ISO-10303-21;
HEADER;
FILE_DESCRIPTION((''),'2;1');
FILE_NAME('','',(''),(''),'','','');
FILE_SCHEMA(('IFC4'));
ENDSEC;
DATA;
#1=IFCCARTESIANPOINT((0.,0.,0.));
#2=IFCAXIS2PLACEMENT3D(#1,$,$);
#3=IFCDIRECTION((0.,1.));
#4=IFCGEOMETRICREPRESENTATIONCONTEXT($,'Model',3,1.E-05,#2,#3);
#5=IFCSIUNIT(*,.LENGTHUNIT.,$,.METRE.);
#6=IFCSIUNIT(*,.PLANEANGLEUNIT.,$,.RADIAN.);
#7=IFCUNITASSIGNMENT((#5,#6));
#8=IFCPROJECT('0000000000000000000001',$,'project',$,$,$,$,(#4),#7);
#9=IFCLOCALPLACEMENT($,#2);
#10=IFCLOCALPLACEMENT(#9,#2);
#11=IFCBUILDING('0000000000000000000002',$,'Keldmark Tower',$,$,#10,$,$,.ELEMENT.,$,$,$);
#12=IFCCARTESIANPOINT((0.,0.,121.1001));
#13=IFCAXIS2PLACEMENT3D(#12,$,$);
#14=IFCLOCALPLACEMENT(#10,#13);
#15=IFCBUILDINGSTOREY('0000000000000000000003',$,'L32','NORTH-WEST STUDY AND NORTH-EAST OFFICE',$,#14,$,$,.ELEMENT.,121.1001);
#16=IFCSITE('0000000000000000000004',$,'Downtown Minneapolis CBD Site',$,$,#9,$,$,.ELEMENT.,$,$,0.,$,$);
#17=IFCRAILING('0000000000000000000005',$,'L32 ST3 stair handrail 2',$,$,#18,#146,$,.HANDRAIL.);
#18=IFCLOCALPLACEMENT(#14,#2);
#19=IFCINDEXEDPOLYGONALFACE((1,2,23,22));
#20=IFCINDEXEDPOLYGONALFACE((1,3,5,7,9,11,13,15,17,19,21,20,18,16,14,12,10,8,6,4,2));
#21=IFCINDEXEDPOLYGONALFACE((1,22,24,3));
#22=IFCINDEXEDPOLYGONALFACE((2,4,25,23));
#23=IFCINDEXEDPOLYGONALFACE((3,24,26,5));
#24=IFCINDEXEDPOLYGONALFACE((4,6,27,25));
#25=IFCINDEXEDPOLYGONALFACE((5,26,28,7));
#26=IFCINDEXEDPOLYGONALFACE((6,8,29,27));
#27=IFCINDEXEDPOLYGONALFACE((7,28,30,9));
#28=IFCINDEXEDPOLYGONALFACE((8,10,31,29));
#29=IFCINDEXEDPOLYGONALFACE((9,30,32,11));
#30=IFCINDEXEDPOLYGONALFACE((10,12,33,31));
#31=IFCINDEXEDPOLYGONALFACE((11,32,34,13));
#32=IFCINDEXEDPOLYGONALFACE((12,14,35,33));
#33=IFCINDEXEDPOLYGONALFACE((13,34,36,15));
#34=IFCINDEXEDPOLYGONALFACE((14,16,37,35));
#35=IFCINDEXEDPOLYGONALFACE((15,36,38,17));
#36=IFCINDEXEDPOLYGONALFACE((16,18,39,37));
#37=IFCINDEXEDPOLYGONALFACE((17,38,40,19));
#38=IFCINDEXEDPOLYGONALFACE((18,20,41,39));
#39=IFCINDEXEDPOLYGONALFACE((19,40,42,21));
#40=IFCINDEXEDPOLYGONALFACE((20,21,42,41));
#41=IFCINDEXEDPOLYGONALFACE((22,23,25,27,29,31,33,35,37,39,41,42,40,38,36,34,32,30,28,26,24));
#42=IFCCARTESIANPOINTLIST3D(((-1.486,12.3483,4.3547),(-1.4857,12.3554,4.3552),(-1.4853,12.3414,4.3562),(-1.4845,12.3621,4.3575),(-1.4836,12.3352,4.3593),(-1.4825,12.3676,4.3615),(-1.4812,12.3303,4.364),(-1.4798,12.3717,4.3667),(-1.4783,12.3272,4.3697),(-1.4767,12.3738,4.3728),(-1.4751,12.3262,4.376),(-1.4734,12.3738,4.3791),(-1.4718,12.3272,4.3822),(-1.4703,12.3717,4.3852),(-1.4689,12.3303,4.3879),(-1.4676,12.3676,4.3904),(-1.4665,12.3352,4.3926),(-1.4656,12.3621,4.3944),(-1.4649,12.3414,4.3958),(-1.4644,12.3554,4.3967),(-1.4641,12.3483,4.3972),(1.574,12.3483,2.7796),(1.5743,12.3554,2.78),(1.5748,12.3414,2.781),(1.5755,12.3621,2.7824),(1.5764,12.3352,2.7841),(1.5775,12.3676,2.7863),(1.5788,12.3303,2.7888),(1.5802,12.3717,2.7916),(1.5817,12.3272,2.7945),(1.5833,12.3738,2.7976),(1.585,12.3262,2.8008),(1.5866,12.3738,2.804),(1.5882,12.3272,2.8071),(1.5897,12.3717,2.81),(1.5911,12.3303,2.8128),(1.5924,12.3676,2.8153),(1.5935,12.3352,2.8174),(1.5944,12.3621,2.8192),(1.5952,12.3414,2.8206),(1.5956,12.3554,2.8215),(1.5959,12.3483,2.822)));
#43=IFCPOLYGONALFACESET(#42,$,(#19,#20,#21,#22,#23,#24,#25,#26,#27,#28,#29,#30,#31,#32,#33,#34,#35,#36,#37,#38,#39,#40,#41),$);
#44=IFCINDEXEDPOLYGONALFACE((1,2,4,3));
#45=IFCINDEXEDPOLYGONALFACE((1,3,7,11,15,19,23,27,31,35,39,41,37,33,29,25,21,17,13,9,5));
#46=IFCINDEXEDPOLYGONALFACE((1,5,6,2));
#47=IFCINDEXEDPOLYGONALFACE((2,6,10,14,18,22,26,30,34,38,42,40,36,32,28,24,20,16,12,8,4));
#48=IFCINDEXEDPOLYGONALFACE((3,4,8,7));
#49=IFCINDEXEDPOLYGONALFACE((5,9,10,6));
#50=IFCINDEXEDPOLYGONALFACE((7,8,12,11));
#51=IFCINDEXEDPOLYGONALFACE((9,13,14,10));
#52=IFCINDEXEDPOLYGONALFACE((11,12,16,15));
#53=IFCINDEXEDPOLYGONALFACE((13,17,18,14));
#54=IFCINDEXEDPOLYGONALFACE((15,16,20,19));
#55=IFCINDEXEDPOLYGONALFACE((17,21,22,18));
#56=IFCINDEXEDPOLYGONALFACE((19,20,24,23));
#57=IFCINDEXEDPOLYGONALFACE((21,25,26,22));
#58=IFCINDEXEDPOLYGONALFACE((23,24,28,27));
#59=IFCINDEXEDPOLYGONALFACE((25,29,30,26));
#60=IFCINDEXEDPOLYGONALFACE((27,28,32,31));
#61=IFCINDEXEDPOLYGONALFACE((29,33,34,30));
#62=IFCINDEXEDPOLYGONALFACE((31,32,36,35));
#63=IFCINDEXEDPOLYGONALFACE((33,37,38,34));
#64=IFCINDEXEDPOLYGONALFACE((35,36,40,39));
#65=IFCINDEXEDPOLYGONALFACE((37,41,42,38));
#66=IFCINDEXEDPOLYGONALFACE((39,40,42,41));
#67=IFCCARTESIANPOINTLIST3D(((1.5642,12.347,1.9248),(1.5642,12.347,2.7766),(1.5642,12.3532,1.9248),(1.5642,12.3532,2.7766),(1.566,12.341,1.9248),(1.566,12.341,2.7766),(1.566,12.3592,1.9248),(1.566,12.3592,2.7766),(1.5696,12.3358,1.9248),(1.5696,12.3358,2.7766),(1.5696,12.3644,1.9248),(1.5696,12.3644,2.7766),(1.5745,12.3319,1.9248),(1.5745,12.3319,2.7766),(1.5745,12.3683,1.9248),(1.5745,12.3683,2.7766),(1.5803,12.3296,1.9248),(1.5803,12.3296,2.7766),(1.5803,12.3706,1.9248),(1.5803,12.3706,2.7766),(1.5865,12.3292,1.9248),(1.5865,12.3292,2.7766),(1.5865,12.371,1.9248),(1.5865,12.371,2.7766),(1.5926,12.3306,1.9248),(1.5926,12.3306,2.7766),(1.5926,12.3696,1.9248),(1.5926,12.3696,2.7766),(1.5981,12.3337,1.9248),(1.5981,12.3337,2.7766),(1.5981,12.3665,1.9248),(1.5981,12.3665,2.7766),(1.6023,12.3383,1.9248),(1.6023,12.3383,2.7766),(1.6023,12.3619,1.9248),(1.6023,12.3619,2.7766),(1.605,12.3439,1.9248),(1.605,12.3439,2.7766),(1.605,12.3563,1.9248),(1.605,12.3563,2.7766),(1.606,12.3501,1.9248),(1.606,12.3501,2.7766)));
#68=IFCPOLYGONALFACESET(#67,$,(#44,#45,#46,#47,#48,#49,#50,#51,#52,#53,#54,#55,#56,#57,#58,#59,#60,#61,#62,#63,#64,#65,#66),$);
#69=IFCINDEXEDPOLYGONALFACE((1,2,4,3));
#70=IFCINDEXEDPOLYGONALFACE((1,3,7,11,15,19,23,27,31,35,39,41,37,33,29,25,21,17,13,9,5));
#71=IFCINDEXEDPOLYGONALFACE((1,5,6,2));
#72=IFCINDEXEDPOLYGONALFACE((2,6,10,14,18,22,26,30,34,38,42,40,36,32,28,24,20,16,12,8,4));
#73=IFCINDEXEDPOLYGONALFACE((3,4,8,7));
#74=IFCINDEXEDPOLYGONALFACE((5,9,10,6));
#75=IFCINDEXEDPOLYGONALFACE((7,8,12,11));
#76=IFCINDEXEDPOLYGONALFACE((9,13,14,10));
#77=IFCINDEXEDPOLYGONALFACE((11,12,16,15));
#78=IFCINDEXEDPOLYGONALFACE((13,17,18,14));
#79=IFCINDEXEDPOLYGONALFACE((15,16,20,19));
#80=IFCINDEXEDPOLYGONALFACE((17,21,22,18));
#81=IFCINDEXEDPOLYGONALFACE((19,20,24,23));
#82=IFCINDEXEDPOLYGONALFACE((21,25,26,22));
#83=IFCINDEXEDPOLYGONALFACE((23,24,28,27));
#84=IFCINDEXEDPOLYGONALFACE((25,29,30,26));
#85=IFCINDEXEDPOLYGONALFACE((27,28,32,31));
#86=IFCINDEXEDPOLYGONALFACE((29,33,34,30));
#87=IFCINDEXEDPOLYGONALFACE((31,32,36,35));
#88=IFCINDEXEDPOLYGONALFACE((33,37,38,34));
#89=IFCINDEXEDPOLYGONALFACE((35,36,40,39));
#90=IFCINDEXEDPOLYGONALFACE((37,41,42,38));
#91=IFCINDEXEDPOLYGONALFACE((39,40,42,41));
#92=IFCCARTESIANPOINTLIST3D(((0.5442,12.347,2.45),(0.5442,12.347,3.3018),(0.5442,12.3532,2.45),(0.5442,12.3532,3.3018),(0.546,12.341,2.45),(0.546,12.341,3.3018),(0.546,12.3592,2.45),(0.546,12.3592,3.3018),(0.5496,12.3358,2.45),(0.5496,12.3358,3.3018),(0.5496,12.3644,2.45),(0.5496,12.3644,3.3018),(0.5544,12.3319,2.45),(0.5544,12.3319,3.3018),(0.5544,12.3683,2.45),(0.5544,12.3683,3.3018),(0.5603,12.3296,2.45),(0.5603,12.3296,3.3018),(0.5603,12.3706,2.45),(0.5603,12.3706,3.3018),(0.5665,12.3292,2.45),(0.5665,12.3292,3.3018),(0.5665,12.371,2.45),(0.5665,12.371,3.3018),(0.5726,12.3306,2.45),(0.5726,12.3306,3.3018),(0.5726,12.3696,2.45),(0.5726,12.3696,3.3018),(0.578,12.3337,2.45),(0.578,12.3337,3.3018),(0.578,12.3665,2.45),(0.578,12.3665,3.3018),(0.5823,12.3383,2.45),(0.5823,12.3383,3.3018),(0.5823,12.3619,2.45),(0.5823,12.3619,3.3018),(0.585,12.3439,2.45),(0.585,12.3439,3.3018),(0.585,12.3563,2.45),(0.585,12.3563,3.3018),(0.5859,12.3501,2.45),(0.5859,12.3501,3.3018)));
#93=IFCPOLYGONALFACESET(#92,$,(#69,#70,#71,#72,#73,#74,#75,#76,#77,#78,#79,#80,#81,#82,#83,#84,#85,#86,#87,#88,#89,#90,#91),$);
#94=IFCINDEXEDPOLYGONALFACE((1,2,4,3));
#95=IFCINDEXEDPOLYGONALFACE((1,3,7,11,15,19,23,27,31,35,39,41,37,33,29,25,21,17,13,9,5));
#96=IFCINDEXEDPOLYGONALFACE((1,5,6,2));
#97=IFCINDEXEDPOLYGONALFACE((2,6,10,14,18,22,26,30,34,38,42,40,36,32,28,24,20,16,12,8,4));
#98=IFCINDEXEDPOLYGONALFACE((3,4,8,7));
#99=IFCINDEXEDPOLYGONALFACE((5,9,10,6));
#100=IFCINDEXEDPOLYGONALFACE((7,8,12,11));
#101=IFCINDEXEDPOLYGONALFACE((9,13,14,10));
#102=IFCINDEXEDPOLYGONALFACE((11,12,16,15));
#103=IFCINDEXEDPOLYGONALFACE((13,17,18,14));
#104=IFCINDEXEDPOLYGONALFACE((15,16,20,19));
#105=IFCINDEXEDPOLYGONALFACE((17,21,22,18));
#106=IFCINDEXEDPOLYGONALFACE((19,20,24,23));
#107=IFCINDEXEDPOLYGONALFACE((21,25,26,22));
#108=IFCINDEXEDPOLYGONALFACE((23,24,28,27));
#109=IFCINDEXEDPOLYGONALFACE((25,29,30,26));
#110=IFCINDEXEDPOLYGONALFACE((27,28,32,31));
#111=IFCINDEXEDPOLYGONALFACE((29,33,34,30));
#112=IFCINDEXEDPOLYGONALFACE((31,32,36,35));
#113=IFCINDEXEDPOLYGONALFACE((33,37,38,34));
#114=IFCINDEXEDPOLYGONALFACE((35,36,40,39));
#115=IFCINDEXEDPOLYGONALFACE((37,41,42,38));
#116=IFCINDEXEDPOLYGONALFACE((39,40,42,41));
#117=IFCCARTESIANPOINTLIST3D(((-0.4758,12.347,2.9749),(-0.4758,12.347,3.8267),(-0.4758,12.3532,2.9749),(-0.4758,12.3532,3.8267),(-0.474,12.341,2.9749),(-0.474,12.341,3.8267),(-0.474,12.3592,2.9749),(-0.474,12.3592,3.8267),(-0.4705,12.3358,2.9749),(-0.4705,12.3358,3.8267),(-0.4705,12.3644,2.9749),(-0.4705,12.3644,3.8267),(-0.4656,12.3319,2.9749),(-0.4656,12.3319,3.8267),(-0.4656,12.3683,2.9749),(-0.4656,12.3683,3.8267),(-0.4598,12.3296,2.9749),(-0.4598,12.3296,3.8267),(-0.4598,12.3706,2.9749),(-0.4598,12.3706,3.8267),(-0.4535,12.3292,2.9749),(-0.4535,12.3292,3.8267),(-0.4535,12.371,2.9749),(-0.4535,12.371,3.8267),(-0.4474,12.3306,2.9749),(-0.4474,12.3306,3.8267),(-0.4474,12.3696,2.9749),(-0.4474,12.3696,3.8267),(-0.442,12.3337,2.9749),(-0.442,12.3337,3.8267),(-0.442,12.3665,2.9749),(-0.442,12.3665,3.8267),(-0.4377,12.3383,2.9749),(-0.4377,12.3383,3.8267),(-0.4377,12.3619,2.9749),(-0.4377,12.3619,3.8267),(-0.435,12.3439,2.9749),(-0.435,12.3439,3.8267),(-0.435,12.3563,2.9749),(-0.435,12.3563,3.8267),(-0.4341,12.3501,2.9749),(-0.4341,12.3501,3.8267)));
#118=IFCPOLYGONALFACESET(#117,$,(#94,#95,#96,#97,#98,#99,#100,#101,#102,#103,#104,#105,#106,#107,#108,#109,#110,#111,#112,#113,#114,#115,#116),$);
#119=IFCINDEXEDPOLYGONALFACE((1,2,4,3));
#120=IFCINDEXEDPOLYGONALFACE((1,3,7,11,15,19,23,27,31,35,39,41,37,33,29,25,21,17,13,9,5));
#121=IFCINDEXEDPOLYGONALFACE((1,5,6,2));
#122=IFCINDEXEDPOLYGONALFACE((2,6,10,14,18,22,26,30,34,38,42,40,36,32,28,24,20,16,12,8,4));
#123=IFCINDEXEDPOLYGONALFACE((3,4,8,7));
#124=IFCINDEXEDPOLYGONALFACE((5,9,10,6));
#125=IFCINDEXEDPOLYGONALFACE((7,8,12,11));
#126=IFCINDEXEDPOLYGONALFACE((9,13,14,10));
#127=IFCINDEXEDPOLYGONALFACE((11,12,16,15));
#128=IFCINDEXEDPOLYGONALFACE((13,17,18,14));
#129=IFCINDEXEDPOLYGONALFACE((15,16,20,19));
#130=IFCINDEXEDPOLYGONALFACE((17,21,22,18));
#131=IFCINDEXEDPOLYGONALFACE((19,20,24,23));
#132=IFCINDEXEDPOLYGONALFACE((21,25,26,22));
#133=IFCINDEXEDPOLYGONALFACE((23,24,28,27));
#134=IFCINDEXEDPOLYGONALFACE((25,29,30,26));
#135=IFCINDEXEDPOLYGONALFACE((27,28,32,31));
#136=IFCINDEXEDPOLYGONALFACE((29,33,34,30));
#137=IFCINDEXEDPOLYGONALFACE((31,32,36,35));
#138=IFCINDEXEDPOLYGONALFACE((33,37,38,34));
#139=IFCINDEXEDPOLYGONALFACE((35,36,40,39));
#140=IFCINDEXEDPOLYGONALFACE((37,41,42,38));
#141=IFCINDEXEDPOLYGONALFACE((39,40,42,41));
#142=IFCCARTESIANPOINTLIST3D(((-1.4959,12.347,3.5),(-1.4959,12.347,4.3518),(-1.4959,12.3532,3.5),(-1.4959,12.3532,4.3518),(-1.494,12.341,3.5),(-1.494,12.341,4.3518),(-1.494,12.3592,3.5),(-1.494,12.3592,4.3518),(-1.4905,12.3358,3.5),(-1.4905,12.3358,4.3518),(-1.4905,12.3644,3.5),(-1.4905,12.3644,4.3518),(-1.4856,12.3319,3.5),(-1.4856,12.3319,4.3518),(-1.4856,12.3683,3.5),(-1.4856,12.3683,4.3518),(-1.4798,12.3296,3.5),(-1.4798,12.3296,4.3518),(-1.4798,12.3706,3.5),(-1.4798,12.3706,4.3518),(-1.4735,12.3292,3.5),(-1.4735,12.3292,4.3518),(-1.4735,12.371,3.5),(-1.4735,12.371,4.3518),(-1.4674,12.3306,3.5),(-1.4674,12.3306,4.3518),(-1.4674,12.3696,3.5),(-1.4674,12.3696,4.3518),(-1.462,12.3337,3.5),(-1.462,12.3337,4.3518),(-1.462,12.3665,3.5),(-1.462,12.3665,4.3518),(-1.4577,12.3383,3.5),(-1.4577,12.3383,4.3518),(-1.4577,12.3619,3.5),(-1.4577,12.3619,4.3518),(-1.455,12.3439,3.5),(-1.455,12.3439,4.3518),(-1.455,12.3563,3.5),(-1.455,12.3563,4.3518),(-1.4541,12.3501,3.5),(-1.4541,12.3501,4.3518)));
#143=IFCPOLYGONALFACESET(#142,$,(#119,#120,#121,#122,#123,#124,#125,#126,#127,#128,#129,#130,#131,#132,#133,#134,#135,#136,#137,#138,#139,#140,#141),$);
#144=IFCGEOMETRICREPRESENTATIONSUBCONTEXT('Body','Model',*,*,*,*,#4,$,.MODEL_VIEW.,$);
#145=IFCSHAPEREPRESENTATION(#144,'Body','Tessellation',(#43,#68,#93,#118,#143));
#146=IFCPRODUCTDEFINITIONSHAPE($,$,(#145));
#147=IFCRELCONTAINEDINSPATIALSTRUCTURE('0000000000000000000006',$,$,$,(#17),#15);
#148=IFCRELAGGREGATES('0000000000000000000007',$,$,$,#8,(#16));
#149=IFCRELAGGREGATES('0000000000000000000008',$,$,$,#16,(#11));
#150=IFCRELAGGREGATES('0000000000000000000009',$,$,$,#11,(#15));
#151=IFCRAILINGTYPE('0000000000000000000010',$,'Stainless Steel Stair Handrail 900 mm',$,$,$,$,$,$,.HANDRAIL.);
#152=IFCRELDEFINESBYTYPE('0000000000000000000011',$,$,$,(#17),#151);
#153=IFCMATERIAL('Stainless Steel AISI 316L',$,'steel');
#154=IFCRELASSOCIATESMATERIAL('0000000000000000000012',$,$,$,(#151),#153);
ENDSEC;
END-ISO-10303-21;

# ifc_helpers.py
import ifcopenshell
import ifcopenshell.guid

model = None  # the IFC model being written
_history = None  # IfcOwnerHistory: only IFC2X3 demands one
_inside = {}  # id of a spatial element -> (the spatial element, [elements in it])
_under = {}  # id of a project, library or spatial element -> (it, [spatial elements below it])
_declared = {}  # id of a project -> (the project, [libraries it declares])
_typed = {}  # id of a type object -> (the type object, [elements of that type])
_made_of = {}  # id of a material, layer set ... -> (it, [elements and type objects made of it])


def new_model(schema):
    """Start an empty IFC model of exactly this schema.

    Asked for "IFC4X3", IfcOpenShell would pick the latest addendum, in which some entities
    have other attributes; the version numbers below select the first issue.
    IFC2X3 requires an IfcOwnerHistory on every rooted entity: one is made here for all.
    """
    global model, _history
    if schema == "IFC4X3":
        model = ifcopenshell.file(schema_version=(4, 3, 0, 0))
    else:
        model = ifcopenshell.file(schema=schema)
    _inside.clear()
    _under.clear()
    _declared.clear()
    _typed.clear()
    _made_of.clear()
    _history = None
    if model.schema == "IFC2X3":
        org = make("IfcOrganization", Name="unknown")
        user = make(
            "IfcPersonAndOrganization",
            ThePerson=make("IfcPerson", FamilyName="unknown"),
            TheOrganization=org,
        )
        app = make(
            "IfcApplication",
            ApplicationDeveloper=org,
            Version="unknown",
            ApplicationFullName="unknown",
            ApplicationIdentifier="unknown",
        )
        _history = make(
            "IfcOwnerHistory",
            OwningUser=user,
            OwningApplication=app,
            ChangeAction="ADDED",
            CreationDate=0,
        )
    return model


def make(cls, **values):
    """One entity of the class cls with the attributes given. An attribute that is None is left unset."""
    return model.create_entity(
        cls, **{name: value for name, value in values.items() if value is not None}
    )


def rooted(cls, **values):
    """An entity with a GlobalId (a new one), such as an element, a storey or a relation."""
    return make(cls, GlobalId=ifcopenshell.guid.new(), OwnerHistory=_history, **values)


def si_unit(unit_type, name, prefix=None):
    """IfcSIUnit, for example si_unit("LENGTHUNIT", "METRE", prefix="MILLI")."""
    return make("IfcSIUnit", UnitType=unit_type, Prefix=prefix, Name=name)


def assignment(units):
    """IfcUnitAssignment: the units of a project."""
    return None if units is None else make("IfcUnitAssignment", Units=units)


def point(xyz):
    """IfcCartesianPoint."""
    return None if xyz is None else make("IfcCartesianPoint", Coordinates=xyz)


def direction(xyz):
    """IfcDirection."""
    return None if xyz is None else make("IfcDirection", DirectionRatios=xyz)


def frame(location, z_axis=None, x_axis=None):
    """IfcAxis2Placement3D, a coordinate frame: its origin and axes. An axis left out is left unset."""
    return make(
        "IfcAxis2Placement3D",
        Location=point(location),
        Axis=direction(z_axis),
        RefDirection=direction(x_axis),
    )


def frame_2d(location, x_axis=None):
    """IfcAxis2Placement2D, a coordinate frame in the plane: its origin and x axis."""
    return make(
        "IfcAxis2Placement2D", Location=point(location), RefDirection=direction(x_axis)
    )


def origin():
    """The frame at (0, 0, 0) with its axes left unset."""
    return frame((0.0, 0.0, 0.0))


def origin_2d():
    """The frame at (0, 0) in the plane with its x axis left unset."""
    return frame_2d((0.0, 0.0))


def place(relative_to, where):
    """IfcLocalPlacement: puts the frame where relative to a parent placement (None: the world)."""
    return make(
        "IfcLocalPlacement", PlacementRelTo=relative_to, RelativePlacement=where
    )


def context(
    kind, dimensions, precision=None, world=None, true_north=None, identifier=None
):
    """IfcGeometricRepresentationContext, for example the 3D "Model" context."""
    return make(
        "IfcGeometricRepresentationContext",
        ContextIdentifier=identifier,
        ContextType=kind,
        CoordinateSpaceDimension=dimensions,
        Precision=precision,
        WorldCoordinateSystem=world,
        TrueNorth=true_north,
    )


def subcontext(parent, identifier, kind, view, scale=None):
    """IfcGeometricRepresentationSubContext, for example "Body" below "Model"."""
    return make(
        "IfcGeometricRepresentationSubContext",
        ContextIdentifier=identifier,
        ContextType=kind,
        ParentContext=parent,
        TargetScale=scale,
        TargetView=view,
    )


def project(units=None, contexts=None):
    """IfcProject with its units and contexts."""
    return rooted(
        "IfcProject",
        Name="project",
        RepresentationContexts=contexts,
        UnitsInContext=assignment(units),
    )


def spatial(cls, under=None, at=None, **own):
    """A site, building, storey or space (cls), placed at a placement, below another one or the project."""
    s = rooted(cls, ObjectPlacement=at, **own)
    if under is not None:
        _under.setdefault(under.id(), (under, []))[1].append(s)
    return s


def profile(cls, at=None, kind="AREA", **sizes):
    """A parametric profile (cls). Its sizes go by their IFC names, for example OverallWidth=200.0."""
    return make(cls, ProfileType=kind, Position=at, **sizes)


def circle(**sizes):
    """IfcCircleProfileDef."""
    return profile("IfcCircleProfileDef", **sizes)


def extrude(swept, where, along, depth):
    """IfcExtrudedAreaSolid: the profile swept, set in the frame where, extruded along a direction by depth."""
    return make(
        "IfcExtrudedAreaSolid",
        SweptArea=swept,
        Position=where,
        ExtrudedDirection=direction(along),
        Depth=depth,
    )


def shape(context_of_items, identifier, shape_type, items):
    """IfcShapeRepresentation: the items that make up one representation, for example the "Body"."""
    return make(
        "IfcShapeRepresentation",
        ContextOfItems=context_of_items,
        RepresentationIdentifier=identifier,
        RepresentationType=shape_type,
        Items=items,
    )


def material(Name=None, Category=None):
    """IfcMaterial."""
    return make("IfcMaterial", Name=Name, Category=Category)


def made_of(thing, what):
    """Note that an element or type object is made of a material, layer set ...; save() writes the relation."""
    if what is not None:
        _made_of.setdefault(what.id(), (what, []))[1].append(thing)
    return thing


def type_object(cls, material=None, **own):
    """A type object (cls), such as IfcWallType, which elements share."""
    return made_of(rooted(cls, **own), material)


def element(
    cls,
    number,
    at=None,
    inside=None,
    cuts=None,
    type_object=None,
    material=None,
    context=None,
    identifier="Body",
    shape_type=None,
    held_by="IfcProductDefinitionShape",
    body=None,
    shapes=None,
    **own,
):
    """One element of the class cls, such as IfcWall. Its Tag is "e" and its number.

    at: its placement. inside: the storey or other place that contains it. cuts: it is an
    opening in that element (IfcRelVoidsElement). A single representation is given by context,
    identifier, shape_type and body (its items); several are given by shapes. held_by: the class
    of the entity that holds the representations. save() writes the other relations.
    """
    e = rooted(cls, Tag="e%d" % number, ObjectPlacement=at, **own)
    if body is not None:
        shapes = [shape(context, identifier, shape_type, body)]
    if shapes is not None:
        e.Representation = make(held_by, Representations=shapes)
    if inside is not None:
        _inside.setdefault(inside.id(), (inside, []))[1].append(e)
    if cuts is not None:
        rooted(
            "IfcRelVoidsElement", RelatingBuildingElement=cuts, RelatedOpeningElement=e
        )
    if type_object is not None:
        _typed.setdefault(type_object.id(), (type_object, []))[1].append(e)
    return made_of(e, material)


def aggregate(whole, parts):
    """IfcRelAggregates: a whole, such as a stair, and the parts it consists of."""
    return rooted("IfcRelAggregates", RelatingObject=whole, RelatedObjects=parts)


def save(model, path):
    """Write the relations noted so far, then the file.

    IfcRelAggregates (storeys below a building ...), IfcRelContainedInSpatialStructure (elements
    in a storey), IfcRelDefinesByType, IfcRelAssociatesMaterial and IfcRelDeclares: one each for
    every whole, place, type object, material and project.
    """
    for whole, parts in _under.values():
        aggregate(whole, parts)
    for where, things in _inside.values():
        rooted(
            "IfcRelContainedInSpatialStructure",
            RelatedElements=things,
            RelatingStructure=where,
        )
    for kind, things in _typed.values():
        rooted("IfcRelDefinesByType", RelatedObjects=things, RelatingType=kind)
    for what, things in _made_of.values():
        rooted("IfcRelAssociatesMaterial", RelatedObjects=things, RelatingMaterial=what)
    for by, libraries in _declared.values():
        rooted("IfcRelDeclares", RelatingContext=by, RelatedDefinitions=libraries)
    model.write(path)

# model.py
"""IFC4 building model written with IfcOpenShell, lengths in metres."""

from ifc_helpers import new_model, si_unit, direction, frame, origin, origin_2d, place, context, subcontext, project, spatial, circle, extrude, material, type_object, element, save


model = new_model("IFC4")

# Units and contexts
model_context = context("Model", 3, precision=1e-05, world=origin(), true_north=direction((0.0, 1.0)))
body_context = subcontext(model_context, "Body", "Model", "MODEL_VIEW")
ifc_project = project(units=[si_unit("LENGTHUNIT", "METRE"), si_unit("PLANEANGLEUNIT", "RADIAN")], contexts=[model_context])

# Site, building, storey
site_placement = place(None, origin())
site = spatial("IfcSite", under=ifc_project, at=site_placement, Name="Downtown Minneapolis CBD Site", CompositionType="ELEMENT", RefElevation=0.0)
building_placement = place(site_placement, origin())
building = spatial("IfcBuilding", under=site, at=building_placement, Name="Keldmark Tower", CompositionType="ELEMENT")
storey_placement = place(building_placement, frame((0.0, 0.0, 121.1001)))
storey = spatial("IfcBuildingStorey", under=building, at=storey_placement, Name="L32", Description="NORTH-WEST STUDY AND NORTH-EAST OFFICE", CompositionType="ELEMENT", Elevation=121.1001)

# Railing
ifc_material_1 = material(Name="Stainless Steel AISI 316L", Category="steel")
railing_type_1 = type_object("IfcRailingType", Name="Stainless Steel Stair Handrail 900 mm", PredefinedType="HANDRAIL", material=ifc_material_1)
railing_1_placement = place(storey_placement, frame((1.585, 12.3501, 1.9248)))
element("IfcRailing", 1, at=railing_1_placement, inside=storey, type_object=railing_type_1, Name="L32 ST3 stair handrail 2", PredefinedType="HANDRAIL", context=body_context, shape_type="SweptSolid", body=[
    extrude(circle(Radius=0.0239, at=origin_2d()), frame((0.0, 0.0, 0.876), z_axis=(-0.889116, 0.0, 0.457681), x_axis=(0.0, -1.0, 0.0)), (0.0, 0.0, 1.0), 3.4417),
    extrude(circle(Radius=0.021, at=origin_2d()), origin(), (0.0, 0.0, 1.0), 0.8518),
    extrude(circle(Radius=0.021, at=origin_2d()), frame((-1.02, 0.0, 0.5251)), (0.0, 0.0, 1.0), 0.8518),
    extrude(circle(Radius=0.021, at=origin_2d()), frame((-2.04, 0.0, 1.05)), (0.0, 0.0, 1.0), 0.8518),
    extrude(circle(Radius=0.021, at=origin_2d()), frame((-3.0601, 0.0, 1.5752)), (0.0, 0.0, 1.0), 0.8518),
])

save(model, "model.ifc")
